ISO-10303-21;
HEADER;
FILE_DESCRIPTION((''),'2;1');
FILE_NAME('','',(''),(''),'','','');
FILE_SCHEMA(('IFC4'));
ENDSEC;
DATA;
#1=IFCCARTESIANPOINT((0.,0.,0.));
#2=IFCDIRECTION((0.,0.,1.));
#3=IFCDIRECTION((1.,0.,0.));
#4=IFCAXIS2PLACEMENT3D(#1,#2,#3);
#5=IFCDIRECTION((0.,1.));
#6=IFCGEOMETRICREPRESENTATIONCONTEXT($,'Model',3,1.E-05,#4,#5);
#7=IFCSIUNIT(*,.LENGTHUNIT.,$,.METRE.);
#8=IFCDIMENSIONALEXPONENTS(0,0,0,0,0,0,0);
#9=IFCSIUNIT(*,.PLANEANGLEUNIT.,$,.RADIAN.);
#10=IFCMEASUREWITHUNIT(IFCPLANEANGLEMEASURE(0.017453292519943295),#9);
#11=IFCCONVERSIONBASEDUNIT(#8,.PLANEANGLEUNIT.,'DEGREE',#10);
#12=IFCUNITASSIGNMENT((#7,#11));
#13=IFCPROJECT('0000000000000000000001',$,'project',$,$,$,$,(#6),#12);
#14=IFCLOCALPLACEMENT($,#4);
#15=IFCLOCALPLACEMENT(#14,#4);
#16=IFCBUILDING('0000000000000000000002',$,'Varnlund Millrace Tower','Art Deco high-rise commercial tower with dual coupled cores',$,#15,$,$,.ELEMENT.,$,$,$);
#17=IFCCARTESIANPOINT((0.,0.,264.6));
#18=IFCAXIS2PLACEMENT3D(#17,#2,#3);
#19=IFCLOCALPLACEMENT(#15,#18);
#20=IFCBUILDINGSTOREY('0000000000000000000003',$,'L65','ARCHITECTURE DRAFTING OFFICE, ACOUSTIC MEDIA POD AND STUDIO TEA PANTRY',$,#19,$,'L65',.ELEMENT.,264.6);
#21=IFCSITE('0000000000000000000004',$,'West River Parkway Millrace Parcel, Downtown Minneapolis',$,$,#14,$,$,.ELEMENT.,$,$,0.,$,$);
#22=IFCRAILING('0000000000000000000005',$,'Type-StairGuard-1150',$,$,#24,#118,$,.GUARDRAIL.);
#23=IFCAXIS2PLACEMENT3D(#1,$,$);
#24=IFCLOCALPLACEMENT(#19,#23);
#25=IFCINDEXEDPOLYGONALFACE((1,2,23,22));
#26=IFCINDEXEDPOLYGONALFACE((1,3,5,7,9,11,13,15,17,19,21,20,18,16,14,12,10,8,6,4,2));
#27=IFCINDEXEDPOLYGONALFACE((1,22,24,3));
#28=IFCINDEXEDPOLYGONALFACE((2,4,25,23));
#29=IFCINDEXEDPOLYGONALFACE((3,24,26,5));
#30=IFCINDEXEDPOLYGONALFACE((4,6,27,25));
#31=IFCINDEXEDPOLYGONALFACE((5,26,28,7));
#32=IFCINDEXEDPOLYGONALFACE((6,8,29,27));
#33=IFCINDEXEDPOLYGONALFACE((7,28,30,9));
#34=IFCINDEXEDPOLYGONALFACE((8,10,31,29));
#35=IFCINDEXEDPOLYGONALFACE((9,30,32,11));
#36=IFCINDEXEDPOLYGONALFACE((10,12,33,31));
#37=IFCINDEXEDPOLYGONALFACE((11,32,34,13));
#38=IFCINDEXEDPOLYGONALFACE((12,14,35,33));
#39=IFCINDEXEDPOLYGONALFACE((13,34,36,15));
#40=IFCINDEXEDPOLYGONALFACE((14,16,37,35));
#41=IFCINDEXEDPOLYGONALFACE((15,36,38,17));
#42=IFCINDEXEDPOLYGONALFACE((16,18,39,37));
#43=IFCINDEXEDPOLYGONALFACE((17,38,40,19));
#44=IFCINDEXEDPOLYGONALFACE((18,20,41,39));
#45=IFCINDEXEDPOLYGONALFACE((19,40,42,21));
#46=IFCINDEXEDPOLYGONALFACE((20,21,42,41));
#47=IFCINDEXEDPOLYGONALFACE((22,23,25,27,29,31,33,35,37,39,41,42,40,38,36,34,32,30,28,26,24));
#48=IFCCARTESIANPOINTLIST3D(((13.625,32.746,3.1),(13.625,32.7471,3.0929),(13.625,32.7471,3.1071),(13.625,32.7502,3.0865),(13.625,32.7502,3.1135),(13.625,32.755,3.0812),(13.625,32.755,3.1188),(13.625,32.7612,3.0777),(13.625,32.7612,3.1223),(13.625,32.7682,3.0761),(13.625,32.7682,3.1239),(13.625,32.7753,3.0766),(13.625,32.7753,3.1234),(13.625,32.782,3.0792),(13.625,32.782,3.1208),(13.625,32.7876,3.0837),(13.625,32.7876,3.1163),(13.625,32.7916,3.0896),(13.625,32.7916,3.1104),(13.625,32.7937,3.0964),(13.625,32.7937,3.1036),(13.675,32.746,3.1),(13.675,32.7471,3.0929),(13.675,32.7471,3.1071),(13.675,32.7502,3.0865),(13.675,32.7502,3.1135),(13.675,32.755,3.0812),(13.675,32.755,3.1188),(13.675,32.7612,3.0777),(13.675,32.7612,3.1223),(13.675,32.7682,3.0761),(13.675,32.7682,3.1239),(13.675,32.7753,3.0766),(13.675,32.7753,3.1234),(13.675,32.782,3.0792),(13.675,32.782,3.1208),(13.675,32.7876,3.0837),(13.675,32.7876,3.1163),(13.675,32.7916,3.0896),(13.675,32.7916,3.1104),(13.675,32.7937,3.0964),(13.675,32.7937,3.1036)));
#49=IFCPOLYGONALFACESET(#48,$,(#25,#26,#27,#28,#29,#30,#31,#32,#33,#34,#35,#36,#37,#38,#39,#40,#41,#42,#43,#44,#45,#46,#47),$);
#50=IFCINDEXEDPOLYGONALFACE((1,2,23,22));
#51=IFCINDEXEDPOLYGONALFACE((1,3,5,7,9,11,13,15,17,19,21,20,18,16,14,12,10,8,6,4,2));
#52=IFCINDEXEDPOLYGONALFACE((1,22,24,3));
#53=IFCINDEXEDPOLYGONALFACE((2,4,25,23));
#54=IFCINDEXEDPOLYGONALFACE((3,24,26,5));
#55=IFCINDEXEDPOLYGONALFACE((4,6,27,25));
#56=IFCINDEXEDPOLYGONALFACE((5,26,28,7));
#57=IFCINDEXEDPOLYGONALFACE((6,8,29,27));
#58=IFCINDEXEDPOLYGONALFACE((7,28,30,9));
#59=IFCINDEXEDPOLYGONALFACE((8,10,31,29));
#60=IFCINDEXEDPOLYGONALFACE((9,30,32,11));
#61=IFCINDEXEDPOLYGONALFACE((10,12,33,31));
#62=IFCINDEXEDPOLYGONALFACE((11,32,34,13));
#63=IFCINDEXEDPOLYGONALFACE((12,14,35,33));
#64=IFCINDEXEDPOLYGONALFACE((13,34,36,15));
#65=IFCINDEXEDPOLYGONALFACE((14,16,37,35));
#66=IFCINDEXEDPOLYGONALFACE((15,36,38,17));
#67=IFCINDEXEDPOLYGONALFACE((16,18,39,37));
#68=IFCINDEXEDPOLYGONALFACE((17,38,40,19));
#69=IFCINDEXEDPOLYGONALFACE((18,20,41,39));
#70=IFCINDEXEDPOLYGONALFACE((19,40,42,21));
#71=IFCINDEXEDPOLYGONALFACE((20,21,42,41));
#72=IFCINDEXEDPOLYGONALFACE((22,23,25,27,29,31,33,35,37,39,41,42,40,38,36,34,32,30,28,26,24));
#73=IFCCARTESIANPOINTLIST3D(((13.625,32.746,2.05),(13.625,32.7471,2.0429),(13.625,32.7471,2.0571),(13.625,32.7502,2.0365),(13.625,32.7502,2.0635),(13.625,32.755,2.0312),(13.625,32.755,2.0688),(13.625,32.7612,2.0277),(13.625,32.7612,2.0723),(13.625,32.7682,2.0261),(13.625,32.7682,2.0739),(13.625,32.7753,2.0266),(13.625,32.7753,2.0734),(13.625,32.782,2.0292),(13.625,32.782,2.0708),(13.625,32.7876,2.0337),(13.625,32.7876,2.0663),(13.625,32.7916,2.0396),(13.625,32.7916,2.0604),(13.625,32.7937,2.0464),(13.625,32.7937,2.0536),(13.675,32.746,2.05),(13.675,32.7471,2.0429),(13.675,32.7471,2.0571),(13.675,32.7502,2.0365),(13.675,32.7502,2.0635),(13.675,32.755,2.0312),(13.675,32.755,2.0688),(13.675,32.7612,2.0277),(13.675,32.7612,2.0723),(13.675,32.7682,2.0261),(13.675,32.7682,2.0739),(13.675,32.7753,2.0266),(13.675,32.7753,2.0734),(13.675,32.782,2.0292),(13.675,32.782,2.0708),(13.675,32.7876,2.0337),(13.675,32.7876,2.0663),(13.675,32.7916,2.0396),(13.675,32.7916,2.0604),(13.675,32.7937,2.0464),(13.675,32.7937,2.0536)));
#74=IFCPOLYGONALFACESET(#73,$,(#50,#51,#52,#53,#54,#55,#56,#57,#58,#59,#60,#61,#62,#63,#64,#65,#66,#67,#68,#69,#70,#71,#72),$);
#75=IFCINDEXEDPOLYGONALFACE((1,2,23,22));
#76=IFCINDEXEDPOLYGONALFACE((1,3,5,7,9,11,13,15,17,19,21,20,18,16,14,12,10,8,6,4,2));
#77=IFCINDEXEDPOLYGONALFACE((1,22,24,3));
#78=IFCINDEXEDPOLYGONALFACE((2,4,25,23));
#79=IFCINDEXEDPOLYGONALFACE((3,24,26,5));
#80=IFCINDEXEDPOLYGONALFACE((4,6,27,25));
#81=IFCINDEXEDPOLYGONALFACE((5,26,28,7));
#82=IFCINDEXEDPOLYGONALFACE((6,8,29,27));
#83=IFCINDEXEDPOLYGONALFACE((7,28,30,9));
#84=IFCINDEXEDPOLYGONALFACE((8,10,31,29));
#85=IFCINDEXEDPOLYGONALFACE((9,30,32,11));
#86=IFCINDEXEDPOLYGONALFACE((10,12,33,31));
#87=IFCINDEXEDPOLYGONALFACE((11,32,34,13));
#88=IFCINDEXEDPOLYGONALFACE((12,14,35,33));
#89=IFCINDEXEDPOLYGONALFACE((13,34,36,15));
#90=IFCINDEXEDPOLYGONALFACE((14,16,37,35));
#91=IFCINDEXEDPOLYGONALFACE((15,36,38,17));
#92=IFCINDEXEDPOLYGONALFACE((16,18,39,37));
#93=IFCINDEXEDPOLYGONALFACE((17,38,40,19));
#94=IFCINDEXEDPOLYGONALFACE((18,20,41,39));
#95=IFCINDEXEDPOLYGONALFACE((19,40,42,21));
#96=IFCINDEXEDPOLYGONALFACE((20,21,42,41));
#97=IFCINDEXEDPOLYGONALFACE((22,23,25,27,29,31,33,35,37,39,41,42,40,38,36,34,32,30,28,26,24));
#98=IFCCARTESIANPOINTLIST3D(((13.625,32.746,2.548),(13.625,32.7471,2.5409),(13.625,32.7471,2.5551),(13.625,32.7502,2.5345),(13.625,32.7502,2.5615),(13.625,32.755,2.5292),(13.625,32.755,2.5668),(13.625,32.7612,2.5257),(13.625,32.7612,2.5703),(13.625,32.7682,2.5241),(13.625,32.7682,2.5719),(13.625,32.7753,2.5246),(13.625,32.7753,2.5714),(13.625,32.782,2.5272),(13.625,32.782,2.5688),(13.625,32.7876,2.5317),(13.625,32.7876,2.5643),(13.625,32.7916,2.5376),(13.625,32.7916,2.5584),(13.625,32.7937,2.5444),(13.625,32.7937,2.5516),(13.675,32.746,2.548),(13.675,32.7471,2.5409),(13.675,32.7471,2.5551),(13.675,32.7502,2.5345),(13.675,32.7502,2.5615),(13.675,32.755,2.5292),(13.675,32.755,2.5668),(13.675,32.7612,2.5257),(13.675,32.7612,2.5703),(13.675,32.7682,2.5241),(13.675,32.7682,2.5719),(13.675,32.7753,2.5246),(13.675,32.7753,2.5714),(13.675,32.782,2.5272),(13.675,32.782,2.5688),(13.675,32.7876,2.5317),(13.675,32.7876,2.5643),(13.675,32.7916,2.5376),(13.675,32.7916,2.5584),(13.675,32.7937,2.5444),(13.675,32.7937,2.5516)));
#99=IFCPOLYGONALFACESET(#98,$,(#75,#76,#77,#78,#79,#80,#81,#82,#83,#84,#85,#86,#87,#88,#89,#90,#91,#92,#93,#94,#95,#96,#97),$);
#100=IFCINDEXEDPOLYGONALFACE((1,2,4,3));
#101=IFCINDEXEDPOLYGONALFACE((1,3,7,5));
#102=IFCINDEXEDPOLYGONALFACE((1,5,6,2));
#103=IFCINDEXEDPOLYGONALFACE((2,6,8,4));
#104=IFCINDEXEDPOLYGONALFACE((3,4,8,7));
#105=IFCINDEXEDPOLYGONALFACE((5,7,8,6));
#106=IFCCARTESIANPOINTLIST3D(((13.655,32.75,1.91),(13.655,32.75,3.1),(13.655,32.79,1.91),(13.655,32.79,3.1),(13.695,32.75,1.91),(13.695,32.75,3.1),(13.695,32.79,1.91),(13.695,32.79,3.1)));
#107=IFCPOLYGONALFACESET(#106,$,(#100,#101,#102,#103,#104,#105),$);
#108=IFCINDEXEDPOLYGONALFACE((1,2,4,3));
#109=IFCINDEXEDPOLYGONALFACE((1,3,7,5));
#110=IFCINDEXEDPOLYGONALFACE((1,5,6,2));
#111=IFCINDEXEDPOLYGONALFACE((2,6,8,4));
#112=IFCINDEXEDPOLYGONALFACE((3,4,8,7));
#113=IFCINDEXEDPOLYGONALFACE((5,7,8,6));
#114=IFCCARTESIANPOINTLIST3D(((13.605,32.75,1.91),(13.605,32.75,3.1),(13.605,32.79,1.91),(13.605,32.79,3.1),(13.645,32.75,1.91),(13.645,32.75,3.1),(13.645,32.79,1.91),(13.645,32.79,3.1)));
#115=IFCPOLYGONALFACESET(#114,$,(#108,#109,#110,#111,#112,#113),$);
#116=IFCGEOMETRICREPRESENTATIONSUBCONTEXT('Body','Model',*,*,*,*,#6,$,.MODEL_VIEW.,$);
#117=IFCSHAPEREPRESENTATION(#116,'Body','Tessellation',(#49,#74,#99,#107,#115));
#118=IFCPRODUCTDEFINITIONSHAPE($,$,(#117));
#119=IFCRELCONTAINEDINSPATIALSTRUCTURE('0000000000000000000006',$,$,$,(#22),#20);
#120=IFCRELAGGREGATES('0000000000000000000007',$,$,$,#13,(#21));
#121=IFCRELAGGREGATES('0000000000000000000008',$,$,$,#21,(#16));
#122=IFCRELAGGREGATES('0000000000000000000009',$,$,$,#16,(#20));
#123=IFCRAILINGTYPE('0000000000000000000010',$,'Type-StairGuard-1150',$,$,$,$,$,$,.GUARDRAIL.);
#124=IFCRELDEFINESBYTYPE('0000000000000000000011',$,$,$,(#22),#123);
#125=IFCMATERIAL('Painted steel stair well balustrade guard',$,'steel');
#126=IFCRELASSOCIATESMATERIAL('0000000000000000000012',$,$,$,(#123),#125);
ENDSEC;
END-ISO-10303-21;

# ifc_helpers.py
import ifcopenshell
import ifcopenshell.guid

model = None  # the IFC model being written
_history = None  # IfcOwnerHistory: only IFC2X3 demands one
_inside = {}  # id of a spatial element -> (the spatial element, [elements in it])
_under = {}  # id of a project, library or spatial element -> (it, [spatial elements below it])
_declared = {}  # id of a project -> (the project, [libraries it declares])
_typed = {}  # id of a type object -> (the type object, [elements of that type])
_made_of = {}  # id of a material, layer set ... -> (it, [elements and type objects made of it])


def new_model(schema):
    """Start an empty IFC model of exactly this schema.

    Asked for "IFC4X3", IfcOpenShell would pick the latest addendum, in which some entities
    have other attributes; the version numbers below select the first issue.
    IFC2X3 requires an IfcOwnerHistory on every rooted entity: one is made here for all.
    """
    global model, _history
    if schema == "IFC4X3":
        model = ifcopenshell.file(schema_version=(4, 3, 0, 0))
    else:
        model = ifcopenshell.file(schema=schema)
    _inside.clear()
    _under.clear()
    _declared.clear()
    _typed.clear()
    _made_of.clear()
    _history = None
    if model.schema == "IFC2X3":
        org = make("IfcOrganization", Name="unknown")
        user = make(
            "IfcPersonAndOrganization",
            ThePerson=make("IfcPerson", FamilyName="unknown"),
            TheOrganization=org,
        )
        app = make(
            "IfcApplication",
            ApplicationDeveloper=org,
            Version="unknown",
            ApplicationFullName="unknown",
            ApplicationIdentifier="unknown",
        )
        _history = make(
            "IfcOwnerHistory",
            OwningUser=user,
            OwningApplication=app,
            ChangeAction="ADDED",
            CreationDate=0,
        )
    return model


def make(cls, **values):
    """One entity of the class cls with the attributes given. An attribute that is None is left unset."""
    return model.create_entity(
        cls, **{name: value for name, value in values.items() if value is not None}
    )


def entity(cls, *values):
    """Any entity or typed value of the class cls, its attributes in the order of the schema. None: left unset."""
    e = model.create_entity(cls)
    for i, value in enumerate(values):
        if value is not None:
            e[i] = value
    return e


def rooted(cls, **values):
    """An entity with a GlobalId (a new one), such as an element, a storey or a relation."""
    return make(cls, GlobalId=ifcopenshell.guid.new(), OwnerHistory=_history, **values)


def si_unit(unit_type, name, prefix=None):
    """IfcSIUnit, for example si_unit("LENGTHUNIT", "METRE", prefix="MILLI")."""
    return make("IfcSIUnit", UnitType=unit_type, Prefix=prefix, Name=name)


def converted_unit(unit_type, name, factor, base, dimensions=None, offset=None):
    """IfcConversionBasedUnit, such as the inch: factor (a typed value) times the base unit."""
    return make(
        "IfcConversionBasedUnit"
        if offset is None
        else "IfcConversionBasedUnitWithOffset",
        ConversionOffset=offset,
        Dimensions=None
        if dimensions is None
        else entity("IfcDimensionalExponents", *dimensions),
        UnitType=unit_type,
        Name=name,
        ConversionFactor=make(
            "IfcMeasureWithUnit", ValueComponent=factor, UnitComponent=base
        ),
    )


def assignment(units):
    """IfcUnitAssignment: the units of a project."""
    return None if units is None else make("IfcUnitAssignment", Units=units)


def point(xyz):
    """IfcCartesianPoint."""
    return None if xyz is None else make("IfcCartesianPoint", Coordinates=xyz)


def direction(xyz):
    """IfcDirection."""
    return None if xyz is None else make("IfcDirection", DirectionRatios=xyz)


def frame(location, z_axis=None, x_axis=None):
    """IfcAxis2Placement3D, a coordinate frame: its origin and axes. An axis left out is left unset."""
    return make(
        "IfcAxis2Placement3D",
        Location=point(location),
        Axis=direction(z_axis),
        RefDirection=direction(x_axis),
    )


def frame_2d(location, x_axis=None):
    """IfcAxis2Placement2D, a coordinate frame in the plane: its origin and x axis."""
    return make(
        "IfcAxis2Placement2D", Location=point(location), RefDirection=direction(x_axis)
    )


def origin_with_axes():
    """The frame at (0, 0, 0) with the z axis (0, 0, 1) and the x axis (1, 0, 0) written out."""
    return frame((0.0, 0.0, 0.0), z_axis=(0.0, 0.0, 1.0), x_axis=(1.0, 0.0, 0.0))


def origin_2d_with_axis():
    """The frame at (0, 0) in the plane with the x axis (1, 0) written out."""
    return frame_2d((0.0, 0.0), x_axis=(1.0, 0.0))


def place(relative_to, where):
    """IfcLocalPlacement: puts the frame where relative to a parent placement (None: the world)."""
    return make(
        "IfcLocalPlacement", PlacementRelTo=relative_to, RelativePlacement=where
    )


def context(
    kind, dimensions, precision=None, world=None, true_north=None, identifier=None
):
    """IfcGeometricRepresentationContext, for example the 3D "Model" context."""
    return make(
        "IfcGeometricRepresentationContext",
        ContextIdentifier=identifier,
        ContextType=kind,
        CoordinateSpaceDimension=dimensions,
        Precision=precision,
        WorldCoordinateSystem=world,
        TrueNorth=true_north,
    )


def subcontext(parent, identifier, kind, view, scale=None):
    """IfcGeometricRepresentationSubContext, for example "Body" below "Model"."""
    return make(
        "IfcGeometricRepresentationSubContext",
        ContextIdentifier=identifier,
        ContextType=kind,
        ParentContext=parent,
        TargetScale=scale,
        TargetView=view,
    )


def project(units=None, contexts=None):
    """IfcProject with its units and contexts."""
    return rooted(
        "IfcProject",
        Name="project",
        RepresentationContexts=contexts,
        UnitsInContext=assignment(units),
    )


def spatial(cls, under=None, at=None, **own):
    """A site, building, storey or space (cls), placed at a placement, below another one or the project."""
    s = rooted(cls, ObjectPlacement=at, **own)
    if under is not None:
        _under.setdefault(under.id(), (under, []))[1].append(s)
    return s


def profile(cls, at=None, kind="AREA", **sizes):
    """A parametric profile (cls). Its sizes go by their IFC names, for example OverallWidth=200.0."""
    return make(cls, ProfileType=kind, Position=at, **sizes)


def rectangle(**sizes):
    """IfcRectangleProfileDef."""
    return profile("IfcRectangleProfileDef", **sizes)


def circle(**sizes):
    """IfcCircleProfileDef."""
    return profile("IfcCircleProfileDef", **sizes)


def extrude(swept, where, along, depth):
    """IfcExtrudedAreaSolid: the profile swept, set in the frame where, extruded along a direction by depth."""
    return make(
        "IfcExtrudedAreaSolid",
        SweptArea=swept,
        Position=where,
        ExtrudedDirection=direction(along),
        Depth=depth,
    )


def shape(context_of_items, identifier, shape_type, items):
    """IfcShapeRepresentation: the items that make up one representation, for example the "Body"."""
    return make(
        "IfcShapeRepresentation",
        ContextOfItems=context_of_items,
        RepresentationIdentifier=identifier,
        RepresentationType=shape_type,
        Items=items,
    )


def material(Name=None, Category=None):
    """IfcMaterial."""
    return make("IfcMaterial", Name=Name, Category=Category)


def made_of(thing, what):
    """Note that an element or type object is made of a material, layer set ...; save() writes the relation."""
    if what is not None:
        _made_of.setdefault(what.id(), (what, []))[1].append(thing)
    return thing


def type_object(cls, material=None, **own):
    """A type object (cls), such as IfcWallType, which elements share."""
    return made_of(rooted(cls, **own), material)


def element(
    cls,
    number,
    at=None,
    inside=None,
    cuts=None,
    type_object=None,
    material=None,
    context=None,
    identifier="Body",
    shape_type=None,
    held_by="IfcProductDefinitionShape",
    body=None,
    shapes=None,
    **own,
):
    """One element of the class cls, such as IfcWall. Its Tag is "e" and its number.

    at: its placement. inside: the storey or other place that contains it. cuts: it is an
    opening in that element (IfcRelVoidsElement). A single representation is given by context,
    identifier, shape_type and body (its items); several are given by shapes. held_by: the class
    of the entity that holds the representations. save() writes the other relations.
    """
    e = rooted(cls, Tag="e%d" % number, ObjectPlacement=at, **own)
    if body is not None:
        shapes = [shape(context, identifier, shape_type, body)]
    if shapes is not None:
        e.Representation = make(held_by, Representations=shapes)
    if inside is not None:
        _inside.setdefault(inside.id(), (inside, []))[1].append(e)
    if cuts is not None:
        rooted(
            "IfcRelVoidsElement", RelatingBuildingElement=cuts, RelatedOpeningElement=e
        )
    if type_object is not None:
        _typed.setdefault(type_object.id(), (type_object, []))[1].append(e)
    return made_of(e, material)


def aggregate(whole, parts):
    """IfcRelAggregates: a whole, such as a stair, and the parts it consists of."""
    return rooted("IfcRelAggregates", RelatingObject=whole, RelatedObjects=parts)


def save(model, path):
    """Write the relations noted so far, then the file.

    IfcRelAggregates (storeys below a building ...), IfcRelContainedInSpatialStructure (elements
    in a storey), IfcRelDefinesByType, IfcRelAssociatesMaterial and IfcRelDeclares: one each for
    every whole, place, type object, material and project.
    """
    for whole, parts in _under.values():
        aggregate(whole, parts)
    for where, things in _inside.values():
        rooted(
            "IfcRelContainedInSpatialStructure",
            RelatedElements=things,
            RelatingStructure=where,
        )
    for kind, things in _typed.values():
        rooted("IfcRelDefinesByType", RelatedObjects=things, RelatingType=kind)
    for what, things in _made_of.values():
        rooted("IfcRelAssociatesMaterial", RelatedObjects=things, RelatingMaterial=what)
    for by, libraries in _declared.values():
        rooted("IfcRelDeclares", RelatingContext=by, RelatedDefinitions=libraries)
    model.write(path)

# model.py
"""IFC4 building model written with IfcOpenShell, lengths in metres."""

from ifc_helpers import new_model, entity, si_unit, converted_unit, direction, frame, origin_with_axes, origin_2d_with_axis, place, context, subcontext, project, spatial, rectangle, circle, extrude, material, type_object, element, save


model = new_model("IFC4")

# Units and contexts
model_context = context("Model", 3, precision=1e-05, world=origin_with_axes(), true_north=direction((0.0, 1.0)))
body_context = subcontext(model_context, "Body", "Model", "MODEL_VIEW")
ifc_project = project(units=[si_unit("LENGTHUNIT", "METRE"), converted_unit("PLANEANGLEUNIT", "DEGREE", entity("IfcPlaneAngleMeasure", 0.017453292519943295), si_unit("PLANEANGLEUNIT", "RADIAN"), dimensions=[0, 0, 0, 0, 0, 0, 0])], contexts=[model_context])

# Site, building, storey
site_placement = place(None, origin_with_axes())
site = spatial("IfcSite", under=ifc_project, at=site_placement, Name="West River Parkway Millrace Parcel, Downtown Minneapolis", CompositionType="ELEMENT", RefElevation=0.0)
building_placement = place(site_placement, origin_with_axes())
building = spatial("IfcBuilding", under=site, at=building_placement, Name="Varnlund Millrace Tower", Description="Art Deco high-rise commercial tower with dual coupled cores", CompositionType="ELEMENT")
storey_placement = place(building_placement, frame((0.0, 0.0, 264.6), z_axis=(0.0, 0.0, 1.0), x_axis=(1.0, 0.0, 0.0)))
storey = spatial("IfcBuildingStorey", under=building, at=storey_placement, Name="L65", Description="ARCHITECTURE DRAFTING OFFICE, ACOUSTIC MEDIA POD AND STUDIO TEA PANTRY", LongName="L65", CompositionType="ELEMENT", Elevation=264.6)

# Railing
ifc_material_1 = material(Name="Painted steel stair well balustrade guard", Category="steel")
railing_type_1 = type_object("IfcRailingType", Name="Type-StairGuard-1150", PredefinedType="GUARDRAIL", material=ifc_material_1)
railing_1_placement = place(storey_placement, frame((0.0, 0.0, -264.6), z_axis=(0.0, 0.0, 1.0), x_axis=(1.0, 0.0, 0.0)))
element("IfcRailing", 1, at=railing_1_placement, inside=storey, type_object=railing_type_1, Name="Type-StairGuard-1150", PredefinedType="GUARDRAIL", context=body_context, shape_type="SweptSolid", body=[
    extrude(circle(Radius=0.024, at=origin_2d_with_axis()), frame((13.675, 32.77, 267.7), z_axis=(-1.0, 0.0, 0.0), x_axis=(0.0, -1.0, 0.0)), (0.0, 0.0, 1.0), 0.05),
    extrude(circle(Radius=0.024, at=origin_2d_with_axis()), frame((13.675, 32.77, 266.65), z_axis=(-1.0, 0.0, 0.0), x_axis=(0.0, -1.0, 0.0)), (0.0, 0.0, 1.0), 0.05),
    extrude(circle(Radius=0.024, at=origin_2d_with_axis()), frame((13.675, 32.77, 267.148), z_axis=(-1.0, 0.0, 0.0), x_axis=(0.0, -1.0, 0.0)), (0.0, 0.0, 1.0), 0.05),
    extrude(rectangle(XDim=0.04, YDim=0.04, at=origin_2d_with_axis()), frame((13.675, 32.77, 266.51), z_axis=(0.0, 0.0, 1.0), x_axis=(1.0, 0.0, 0.0)), (0.0, 0.0, 1.0), 1.19),
    extrude(rectangle(XDim=0.04, YDim=0.04, at=origin_2d_with_axis()), frame((13.625, 32.77, 266.51), z_axis=(0.0, 0.0, 1.0), x_axis=(1.0, 0.0, 0.0)), (0.0, 0.0, 1.0), 1.19),
])

save(model, "model.ifc")
